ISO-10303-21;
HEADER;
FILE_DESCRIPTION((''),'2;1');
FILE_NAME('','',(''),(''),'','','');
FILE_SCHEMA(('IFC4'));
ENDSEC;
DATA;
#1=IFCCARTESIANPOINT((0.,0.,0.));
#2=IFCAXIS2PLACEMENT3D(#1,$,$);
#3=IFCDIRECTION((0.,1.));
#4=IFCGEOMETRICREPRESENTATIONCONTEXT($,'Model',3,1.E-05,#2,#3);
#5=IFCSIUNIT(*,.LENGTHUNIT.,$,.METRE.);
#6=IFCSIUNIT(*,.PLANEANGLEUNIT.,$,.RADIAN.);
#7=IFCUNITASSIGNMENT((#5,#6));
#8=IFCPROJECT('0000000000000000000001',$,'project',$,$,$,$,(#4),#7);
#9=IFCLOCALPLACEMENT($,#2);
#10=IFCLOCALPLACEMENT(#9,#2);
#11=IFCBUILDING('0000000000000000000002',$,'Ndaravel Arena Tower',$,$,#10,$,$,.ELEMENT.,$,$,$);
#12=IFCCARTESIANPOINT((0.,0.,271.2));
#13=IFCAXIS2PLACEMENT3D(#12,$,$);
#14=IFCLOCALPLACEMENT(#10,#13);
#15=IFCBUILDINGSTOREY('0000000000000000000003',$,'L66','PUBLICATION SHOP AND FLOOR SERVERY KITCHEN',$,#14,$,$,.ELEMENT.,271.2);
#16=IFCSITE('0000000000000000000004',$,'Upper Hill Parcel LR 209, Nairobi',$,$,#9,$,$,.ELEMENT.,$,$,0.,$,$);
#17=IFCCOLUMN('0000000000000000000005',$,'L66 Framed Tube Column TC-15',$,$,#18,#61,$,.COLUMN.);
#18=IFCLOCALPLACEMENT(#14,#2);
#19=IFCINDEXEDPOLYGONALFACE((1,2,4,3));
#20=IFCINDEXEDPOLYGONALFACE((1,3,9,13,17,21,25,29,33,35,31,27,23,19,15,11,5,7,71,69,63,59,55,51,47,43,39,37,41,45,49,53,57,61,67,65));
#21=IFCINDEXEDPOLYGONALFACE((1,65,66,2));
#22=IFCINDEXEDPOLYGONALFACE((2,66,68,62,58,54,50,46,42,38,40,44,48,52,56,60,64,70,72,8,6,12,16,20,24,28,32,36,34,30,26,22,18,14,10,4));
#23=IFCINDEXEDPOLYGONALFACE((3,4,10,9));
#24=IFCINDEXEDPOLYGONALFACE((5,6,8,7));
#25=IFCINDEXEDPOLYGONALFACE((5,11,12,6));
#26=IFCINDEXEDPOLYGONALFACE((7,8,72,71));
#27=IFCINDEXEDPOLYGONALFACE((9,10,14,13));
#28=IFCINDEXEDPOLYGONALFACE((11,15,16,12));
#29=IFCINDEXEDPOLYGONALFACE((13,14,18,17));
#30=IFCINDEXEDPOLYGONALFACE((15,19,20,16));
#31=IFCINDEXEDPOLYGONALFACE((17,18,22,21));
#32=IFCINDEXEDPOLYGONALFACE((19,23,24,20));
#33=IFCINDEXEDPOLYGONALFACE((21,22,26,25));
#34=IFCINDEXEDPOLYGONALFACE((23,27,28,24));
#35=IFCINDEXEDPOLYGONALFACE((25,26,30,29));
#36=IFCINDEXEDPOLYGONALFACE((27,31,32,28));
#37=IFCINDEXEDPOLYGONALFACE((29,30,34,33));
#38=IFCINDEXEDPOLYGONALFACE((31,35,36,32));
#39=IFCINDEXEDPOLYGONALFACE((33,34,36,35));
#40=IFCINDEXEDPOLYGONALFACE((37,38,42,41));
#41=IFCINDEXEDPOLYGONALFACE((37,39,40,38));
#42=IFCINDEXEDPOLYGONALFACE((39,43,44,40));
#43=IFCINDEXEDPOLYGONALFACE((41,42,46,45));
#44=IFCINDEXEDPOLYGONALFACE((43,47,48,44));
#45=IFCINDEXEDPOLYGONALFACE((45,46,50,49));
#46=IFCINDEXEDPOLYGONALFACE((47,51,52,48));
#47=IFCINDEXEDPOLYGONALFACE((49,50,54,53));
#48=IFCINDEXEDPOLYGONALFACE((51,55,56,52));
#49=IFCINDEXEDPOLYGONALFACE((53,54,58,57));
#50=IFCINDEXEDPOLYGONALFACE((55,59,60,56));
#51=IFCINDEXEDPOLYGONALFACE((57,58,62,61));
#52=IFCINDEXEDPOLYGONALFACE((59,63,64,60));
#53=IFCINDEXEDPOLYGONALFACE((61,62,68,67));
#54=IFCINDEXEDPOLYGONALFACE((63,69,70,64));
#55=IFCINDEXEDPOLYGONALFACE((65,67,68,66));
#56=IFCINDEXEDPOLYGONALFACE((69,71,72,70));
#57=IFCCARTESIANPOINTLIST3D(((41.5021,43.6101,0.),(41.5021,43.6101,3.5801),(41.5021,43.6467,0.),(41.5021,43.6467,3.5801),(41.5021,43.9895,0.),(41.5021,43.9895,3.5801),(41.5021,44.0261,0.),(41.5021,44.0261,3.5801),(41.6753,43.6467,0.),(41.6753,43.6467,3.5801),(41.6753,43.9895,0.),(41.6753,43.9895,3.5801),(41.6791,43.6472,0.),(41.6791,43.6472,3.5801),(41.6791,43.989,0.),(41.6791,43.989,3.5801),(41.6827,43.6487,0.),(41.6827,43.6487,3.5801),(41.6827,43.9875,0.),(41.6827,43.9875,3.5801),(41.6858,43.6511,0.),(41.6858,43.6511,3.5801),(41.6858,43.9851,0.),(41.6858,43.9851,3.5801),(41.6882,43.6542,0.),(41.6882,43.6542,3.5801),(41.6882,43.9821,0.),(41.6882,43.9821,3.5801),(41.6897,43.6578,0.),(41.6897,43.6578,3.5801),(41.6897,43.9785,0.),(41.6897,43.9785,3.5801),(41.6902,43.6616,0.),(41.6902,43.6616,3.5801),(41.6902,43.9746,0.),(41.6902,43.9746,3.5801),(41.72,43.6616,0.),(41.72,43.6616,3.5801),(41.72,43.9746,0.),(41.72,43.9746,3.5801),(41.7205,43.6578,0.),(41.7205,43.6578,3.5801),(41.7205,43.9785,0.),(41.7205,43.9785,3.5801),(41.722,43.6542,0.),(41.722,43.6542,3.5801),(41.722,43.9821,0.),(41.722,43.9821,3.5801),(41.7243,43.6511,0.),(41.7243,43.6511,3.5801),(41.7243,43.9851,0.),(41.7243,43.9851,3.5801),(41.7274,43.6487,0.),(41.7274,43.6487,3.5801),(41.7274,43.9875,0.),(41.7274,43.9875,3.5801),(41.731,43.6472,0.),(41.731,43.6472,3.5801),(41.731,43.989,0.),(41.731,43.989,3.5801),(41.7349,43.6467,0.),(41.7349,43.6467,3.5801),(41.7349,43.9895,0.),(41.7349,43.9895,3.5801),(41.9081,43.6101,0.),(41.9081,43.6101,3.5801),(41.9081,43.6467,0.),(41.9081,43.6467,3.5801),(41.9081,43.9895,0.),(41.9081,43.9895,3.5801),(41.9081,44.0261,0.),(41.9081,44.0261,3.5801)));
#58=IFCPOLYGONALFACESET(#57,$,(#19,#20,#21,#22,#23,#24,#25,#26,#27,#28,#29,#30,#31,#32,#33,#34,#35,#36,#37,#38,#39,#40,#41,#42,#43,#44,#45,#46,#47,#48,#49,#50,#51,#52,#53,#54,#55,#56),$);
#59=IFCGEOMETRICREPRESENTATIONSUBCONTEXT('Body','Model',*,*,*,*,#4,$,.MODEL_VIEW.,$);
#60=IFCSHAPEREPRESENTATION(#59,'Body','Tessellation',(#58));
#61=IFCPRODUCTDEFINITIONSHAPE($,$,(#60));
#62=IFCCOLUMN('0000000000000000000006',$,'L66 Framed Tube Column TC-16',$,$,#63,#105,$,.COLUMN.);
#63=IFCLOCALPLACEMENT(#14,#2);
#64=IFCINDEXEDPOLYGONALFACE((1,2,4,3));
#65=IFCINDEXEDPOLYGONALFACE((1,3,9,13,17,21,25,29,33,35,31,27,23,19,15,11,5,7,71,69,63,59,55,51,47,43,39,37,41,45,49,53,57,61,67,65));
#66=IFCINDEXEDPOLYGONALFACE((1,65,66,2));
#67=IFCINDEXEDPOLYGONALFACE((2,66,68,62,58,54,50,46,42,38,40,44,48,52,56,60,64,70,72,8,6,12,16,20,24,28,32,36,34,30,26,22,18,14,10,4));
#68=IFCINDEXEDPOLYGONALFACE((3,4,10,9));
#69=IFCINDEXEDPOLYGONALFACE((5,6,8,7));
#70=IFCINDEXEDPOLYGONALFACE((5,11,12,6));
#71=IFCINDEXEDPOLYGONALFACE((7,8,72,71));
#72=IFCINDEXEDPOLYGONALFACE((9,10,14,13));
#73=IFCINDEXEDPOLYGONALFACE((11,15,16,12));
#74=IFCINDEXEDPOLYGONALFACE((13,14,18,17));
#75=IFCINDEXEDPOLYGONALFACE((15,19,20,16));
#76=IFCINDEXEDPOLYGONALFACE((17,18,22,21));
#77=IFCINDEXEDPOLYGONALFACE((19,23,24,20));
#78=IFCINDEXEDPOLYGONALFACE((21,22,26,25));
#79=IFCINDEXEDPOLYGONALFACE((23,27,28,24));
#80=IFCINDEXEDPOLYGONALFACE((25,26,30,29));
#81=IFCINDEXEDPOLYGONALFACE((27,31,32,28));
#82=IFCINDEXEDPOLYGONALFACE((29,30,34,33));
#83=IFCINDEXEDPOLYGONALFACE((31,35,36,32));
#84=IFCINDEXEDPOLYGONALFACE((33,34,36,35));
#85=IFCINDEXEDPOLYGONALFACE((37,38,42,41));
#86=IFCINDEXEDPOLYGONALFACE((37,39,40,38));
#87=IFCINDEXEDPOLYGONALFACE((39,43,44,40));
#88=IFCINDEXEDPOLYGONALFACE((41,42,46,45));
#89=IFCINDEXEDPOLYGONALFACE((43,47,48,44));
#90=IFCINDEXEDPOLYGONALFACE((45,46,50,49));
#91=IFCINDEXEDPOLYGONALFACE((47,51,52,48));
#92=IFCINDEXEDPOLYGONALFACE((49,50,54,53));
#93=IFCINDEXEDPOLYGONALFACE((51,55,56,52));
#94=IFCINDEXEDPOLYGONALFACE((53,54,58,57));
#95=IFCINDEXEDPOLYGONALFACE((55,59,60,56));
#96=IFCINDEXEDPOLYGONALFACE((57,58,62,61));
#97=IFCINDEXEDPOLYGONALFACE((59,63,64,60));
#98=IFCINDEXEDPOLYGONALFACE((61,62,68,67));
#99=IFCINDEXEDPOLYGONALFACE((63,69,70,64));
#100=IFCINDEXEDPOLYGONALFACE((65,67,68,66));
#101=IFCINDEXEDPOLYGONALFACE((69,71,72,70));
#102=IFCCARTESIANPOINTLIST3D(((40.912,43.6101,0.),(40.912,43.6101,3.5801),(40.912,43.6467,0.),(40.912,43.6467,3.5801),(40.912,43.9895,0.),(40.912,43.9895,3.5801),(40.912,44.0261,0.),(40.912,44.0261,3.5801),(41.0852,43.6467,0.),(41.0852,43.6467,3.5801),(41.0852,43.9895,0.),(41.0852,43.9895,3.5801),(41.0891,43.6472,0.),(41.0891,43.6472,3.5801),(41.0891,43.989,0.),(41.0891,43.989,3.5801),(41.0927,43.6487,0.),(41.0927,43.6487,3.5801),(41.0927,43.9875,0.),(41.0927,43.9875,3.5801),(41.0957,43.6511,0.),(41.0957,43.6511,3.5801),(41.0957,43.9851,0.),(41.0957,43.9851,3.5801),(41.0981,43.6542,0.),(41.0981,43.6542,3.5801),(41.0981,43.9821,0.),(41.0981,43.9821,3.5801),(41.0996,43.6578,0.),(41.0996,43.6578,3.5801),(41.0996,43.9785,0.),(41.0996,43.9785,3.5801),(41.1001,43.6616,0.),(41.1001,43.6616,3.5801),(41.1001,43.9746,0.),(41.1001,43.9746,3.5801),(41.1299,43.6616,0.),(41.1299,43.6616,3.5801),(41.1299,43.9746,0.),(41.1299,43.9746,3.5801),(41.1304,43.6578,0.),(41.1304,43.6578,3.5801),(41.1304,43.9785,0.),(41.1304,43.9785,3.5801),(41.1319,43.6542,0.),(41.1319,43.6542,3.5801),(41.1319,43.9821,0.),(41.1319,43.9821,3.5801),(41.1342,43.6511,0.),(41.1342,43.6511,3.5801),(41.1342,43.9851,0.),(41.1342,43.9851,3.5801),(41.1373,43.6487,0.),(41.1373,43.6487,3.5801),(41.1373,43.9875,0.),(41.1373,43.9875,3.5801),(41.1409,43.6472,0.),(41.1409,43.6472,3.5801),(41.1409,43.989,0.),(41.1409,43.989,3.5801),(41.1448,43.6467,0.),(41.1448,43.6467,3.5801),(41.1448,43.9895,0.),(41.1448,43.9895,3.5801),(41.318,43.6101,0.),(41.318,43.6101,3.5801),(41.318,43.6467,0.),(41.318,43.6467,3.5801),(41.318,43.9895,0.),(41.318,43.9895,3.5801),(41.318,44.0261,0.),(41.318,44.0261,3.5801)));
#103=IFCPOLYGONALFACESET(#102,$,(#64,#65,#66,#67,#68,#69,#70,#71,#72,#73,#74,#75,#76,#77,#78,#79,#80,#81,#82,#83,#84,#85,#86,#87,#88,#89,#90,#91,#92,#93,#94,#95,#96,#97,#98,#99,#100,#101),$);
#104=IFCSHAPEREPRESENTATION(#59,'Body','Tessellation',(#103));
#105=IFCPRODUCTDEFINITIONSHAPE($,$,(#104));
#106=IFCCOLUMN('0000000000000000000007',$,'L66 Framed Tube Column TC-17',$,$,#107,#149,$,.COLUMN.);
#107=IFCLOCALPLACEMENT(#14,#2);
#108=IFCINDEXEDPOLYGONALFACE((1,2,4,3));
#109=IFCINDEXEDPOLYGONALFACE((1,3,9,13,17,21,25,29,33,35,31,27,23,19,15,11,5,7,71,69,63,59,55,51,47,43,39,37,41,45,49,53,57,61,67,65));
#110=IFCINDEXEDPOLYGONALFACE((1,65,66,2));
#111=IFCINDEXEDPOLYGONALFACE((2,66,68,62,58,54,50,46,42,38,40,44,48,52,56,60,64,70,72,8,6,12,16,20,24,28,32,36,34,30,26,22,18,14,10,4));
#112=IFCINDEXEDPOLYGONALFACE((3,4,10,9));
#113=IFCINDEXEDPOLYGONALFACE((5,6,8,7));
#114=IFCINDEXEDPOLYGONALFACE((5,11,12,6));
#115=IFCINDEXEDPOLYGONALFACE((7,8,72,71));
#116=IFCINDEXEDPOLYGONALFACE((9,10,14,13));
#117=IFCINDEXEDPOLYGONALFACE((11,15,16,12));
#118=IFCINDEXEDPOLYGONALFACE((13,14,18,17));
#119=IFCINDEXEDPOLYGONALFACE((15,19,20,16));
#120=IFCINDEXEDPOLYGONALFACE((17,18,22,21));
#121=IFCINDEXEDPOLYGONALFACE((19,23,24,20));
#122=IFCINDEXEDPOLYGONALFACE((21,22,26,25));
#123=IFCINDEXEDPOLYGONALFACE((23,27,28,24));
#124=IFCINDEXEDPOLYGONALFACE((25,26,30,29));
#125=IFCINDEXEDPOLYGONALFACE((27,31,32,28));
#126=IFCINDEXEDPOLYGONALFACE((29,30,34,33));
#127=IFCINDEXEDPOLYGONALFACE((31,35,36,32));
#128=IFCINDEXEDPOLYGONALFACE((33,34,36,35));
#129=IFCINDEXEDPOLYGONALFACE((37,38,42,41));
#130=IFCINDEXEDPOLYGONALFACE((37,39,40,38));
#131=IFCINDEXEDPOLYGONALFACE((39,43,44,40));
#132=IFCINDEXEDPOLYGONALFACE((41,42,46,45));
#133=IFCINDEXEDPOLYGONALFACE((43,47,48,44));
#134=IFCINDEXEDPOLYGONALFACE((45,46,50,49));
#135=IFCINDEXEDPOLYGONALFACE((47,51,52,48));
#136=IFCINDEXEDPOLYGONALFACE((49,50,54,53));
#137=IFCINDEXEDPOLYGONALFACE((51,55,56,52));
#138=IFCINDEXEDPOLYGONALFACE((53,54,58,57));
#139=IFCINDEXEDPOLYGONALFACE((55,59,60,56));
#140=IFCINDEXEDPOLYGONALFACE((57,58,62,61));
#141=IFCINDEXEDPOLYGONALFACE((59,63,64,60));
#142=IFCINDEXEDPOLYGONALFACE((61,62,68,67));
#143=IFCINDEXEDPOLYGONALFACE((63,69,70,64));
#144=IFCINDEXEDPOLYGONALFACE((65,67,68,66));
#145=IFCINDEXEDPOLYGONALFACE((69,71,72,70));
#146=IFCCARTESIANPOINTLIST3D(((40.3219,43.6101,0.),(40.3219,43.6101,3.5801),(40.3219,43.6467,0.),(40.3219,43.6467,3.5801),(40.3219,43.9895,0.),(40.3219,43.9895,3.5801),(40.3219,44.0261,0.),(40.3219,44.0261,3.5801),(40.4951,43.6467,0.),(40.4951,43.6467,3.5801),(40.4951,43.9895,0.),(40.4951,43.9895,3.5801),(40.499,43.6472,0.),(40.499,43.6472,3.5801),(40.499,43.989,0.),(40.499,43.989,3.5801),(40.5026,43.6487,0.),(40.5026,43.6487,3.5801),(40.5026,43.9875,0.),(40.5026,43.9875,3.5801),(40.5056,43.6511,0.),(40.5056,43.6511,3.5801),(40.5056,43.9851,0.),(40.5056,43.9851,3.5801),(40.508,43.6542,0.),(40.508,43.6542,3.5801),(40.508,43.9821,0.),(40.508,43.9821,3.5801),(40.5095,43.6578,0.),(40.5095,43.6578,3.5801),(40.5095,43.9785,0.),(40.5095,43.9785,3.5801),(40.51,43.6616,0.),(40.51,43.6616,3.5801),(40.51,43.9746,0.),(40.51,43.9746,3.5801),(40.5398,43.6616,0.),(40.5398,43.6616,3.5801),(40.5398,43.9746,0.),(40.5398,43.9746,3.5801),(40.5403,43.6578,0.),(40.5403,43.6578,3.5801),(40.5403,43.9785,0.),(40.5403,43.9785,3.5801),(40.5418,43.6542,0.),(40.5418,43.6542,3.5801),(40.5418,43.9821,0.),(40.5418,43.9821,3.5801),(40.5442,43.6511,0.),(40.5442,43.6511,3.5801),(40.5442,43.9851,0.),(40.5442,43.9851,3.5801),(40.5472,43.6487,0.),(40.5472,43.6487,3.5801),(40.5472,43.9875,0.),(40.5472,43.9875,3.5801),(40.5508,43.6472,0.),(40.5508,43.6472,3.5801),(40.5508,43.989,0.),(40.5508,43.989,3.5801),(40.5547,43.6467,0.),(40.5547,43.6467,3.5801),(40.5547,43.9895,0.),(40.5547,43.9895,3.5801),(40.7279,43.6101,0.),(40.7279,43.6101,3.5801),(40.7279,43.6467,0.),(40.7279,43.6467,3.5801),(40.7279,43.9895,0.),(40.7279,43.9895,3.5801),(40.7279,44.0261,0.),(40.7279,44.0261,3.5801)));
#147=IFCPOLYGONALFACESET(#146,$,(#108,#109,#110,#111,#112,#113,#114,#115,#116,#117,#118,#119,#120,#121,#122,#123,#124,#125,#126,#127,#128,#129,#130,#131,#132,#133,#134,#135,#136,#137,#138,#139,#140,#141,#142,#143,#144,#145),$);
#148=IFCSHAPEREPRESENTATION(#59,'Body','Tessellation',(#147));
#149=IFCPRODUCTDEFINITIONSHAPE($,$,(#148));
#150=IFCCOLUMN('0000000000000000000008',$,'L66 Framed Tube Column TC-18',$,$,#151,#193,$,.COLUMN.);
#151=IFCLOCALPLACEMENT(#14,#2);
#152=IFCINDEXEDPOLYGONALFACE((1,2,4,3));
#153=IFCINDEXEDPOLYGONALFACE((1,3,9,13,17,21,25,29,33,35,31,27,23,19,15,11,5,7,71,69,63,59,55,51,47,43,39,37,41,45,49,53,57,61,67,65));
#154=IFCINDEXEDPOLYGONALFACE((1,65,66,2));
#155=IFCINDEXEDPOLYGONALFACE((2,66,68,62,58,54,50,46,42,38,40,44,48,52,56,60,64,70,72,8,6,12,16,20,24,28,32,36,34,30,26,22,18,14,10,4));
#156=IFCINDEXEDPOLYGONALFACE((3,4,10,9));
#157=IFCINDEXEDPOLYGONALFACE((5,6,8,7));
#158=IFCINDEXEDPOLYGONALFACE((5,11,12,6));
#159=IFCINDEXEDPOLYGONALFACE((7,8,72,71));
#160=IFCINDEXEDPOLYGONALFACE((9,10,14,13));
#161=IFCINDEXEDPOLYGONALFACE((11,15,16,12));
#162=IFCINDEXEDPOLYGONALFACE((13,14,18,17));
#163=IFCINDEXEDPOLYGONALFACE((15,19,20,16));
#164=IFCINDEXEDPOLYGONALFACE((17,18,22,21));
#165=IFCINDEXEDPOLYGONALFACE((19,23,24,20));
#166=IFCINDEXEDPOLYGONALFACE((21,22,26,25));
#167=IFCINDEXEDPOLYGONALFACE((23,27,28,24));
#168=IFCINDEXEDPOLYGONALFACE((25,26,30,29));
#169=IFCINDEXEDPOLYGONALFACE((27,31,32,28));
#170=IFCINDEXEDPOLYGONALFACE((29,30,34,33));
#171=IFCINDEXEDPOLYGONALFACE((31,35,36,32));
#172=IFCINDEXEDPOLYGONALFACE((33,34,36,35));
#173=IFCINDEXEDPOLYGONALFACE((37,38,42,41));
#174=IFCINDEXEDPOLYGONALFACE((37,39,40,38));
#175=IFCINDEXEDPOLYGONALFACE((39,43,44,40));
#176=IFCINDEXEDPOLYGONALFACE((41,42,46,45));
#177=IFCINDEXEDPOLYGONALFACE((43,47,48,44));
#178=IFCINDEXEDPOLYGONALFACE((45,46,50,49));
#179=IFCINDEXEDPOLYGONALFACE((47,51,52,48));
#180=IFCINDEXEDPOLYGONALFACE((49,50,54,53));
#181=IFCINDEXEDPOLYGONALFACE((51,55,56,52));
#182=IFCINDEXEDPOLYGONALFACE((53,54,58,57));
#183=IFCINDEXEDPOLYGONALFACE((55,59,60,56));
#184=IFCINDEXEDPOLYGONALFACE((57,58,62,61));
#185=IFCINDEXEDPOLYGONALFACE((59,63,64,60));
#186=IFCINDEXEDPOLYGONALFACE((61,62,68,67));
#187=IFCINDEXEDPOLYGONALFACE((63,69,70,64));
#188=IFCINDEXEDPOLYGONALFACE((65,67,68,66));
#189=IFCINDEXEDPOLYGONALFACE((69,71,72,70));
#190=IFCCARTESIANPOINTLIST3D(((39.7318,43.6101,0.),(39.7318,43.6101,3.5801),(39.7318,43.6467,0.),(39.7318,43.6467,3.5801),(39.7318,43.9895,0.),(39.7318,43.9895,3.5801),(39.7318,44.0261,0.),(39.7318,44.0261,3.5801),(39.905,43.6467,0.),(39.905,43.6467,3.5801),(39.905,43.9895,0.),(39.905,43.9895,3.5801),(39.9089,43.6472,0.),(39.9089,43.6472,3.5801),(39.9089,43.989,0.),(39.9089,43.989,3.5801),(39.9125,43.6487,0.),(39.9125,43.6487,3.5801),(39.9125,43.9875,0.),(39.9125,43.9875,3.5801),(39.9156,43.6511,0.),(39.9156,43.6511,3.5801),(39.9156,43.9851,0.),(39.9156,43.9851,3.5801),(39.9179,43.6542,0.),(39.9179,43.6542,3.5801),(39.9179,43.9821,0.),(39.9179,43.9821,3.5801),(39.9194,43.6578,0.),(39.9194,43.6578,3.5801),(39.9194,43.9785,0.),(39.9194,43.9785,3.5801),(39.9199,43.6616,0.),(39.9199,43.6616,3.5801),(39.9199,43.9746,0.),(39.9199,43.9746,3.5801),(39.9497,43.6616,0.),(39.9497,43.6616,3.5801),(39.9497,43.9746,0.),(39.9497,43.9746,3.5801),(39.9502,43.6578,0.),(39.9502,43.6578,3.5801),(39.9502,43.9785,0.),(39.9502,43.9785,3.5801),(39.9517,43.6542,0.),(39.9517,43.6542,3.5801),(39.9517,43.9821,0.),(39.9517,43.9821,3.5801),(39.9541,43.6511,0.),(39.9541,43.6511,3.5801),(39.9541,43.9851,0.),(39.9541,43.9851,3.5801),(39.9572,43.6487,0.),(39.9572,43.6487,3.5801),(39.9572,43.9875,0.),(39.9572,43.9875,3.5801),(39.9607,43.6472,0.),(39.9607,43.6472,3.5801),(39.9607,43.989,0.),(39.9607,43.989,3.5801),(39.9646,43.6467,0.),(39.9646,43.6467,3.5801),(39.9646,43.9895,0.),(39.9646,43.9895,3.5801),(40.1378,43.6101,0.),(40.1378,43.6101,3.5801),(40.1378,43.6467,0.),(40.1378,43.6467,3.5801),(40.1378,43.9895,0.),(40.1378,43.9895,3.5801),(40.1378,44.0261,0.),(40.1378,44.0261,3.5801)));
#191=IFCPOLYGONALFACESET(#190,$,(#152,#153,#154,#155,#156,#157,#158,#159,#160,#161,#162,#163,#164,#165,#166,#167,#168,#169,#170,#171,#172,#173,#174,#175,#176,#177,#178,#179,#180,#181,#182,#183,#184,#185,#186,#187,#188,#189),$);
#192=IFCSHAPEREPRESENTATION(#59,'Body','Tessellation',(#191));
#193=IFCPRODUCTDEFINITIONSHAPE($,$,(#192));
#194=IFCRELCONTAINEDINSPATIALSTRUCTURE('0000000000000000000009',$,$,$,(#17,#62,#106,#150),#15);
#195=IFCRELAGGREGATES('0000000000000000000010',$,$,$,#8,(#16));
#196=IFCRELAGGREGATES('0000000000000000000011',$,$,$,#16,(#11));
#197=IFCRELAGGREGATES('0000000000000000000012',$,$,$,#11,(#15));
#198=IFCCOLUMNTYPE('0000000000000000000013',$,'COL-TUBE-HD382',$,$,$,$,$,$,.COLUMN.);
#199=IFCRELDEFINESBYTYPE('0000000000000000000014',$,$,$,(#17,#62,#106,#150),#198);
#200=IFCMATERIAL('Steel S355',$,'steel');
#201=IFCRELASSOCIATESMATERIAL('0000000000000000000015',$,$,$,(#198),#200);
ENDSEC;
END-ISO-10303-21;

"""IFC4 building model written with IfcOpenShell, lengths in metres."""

from ifc_helpers import new_model, si_unit, direction, frame, origin, origin_2d, place, context, subcontext, project, spatial, i_section, extrude, material, material_profile, profile_set, type_object, element, save


model = new_model("IFC4")

# Units and contexts
model_context = context("Model", 3, precision=1e-05, world=origin(), true_north=direction((0.0, 1.0)))
body_context = subcontext(model_context, "Body", "Model", "MODEL_VIEW")
ifc_project = project(units=[si_unit("LENGTHUNIT", "METRE"), si_unit("PLANEANGLEUNIT", "RADIAN")], contexts=[model_context])

# Site, building, storey
site_placement = place(None, origin())
site = spatial("IfcSite", under=ifc_project, at=site_placement, Name="Upper Hill Parcel LR 209, Nairobi", CompositionType="ELEMENT", RefElevation=0.0)
building_placement = place(site_placement, origin())
building = spatial("IfcBuilding", under=site, at=building_placement, Name="Ndaravel Arena Tower", CompositionType="ELEMENT")
storey_placement = place(building_placement, frame((0.0, 0.0, 271.2)))
storey = spatial("IfcBuildingStorey", under=building, at=storey_placement, Name="L66", Description="PUBLICATION SHOP AND FLOOR SERVERY KITCHEN", CompositionType="ELEMENT", Elevation=271.2)

# Columns
ifc_material_1 = material(Name="Steel S355", Category="steel")
ifc_material_profile_1 = material_profile(ifc_material_1, i_section(OverallWidth=0.406, OverallDepth=0.416, WebThickness=0.0298, FlangeThickness=0.0366, FilletRadius=0.0149, at=origin_2d()), Name="HD 400x382")
ifc_profile_set_1 = profile_set([ifc_material_profile_1], Name="Steel S355")
column_type = type_object("IfcColumnType", Name="COL-TUBE-HD382", PredefinedType="COLUMN", material=ifc_profile_set_1)
for number, where, z_axis, x_axis, name in (
    (1, (41.7051, 43.8181, 0.0), (0.0, 0.0, 1.0), (1.0, 0.0, 0.0), "L66 Framed Tube Column TC-15"),
    (2, (41.115, 43.8181, 0.0), (0.0, 0.0, 1.0), (1.0, 0.0, 0.0), "L66 Framed Tube Column TC-16"),
    (3, (40.5249, 43.8181, 0.0), (0.0, 0.0, 1.0), (1.0, 0.0, 0.0), "L66 Framed Tube Column TC-17"),
    (4, (39.9348, 43.8181, 0.0), (0.0, 0.0, 1.0), (1.0, 0.0, 0.0), "L66 Framed Tube Column TC-18"),
):
    element("IfcColumn", number, at=place(storey_placement, frame(where, z_axis=z_axis, x_axis=x_axis)), inside=storey, type_object=column_type, Name=name, PredefinedType="COLUMN", context=body_context, shape_type="SweptSolid", body=[
        extrude(i_section(OverallWidth=0.406, OverallDepth=0.416, WebThickness=0.0298, FlangeThickness=0.0366, FilletRadius=0.0149, at=origin_2d()), origin(), (0.0, 0.0, 1.0), 3.5801),
    ])

save(model, "model.ifc")
